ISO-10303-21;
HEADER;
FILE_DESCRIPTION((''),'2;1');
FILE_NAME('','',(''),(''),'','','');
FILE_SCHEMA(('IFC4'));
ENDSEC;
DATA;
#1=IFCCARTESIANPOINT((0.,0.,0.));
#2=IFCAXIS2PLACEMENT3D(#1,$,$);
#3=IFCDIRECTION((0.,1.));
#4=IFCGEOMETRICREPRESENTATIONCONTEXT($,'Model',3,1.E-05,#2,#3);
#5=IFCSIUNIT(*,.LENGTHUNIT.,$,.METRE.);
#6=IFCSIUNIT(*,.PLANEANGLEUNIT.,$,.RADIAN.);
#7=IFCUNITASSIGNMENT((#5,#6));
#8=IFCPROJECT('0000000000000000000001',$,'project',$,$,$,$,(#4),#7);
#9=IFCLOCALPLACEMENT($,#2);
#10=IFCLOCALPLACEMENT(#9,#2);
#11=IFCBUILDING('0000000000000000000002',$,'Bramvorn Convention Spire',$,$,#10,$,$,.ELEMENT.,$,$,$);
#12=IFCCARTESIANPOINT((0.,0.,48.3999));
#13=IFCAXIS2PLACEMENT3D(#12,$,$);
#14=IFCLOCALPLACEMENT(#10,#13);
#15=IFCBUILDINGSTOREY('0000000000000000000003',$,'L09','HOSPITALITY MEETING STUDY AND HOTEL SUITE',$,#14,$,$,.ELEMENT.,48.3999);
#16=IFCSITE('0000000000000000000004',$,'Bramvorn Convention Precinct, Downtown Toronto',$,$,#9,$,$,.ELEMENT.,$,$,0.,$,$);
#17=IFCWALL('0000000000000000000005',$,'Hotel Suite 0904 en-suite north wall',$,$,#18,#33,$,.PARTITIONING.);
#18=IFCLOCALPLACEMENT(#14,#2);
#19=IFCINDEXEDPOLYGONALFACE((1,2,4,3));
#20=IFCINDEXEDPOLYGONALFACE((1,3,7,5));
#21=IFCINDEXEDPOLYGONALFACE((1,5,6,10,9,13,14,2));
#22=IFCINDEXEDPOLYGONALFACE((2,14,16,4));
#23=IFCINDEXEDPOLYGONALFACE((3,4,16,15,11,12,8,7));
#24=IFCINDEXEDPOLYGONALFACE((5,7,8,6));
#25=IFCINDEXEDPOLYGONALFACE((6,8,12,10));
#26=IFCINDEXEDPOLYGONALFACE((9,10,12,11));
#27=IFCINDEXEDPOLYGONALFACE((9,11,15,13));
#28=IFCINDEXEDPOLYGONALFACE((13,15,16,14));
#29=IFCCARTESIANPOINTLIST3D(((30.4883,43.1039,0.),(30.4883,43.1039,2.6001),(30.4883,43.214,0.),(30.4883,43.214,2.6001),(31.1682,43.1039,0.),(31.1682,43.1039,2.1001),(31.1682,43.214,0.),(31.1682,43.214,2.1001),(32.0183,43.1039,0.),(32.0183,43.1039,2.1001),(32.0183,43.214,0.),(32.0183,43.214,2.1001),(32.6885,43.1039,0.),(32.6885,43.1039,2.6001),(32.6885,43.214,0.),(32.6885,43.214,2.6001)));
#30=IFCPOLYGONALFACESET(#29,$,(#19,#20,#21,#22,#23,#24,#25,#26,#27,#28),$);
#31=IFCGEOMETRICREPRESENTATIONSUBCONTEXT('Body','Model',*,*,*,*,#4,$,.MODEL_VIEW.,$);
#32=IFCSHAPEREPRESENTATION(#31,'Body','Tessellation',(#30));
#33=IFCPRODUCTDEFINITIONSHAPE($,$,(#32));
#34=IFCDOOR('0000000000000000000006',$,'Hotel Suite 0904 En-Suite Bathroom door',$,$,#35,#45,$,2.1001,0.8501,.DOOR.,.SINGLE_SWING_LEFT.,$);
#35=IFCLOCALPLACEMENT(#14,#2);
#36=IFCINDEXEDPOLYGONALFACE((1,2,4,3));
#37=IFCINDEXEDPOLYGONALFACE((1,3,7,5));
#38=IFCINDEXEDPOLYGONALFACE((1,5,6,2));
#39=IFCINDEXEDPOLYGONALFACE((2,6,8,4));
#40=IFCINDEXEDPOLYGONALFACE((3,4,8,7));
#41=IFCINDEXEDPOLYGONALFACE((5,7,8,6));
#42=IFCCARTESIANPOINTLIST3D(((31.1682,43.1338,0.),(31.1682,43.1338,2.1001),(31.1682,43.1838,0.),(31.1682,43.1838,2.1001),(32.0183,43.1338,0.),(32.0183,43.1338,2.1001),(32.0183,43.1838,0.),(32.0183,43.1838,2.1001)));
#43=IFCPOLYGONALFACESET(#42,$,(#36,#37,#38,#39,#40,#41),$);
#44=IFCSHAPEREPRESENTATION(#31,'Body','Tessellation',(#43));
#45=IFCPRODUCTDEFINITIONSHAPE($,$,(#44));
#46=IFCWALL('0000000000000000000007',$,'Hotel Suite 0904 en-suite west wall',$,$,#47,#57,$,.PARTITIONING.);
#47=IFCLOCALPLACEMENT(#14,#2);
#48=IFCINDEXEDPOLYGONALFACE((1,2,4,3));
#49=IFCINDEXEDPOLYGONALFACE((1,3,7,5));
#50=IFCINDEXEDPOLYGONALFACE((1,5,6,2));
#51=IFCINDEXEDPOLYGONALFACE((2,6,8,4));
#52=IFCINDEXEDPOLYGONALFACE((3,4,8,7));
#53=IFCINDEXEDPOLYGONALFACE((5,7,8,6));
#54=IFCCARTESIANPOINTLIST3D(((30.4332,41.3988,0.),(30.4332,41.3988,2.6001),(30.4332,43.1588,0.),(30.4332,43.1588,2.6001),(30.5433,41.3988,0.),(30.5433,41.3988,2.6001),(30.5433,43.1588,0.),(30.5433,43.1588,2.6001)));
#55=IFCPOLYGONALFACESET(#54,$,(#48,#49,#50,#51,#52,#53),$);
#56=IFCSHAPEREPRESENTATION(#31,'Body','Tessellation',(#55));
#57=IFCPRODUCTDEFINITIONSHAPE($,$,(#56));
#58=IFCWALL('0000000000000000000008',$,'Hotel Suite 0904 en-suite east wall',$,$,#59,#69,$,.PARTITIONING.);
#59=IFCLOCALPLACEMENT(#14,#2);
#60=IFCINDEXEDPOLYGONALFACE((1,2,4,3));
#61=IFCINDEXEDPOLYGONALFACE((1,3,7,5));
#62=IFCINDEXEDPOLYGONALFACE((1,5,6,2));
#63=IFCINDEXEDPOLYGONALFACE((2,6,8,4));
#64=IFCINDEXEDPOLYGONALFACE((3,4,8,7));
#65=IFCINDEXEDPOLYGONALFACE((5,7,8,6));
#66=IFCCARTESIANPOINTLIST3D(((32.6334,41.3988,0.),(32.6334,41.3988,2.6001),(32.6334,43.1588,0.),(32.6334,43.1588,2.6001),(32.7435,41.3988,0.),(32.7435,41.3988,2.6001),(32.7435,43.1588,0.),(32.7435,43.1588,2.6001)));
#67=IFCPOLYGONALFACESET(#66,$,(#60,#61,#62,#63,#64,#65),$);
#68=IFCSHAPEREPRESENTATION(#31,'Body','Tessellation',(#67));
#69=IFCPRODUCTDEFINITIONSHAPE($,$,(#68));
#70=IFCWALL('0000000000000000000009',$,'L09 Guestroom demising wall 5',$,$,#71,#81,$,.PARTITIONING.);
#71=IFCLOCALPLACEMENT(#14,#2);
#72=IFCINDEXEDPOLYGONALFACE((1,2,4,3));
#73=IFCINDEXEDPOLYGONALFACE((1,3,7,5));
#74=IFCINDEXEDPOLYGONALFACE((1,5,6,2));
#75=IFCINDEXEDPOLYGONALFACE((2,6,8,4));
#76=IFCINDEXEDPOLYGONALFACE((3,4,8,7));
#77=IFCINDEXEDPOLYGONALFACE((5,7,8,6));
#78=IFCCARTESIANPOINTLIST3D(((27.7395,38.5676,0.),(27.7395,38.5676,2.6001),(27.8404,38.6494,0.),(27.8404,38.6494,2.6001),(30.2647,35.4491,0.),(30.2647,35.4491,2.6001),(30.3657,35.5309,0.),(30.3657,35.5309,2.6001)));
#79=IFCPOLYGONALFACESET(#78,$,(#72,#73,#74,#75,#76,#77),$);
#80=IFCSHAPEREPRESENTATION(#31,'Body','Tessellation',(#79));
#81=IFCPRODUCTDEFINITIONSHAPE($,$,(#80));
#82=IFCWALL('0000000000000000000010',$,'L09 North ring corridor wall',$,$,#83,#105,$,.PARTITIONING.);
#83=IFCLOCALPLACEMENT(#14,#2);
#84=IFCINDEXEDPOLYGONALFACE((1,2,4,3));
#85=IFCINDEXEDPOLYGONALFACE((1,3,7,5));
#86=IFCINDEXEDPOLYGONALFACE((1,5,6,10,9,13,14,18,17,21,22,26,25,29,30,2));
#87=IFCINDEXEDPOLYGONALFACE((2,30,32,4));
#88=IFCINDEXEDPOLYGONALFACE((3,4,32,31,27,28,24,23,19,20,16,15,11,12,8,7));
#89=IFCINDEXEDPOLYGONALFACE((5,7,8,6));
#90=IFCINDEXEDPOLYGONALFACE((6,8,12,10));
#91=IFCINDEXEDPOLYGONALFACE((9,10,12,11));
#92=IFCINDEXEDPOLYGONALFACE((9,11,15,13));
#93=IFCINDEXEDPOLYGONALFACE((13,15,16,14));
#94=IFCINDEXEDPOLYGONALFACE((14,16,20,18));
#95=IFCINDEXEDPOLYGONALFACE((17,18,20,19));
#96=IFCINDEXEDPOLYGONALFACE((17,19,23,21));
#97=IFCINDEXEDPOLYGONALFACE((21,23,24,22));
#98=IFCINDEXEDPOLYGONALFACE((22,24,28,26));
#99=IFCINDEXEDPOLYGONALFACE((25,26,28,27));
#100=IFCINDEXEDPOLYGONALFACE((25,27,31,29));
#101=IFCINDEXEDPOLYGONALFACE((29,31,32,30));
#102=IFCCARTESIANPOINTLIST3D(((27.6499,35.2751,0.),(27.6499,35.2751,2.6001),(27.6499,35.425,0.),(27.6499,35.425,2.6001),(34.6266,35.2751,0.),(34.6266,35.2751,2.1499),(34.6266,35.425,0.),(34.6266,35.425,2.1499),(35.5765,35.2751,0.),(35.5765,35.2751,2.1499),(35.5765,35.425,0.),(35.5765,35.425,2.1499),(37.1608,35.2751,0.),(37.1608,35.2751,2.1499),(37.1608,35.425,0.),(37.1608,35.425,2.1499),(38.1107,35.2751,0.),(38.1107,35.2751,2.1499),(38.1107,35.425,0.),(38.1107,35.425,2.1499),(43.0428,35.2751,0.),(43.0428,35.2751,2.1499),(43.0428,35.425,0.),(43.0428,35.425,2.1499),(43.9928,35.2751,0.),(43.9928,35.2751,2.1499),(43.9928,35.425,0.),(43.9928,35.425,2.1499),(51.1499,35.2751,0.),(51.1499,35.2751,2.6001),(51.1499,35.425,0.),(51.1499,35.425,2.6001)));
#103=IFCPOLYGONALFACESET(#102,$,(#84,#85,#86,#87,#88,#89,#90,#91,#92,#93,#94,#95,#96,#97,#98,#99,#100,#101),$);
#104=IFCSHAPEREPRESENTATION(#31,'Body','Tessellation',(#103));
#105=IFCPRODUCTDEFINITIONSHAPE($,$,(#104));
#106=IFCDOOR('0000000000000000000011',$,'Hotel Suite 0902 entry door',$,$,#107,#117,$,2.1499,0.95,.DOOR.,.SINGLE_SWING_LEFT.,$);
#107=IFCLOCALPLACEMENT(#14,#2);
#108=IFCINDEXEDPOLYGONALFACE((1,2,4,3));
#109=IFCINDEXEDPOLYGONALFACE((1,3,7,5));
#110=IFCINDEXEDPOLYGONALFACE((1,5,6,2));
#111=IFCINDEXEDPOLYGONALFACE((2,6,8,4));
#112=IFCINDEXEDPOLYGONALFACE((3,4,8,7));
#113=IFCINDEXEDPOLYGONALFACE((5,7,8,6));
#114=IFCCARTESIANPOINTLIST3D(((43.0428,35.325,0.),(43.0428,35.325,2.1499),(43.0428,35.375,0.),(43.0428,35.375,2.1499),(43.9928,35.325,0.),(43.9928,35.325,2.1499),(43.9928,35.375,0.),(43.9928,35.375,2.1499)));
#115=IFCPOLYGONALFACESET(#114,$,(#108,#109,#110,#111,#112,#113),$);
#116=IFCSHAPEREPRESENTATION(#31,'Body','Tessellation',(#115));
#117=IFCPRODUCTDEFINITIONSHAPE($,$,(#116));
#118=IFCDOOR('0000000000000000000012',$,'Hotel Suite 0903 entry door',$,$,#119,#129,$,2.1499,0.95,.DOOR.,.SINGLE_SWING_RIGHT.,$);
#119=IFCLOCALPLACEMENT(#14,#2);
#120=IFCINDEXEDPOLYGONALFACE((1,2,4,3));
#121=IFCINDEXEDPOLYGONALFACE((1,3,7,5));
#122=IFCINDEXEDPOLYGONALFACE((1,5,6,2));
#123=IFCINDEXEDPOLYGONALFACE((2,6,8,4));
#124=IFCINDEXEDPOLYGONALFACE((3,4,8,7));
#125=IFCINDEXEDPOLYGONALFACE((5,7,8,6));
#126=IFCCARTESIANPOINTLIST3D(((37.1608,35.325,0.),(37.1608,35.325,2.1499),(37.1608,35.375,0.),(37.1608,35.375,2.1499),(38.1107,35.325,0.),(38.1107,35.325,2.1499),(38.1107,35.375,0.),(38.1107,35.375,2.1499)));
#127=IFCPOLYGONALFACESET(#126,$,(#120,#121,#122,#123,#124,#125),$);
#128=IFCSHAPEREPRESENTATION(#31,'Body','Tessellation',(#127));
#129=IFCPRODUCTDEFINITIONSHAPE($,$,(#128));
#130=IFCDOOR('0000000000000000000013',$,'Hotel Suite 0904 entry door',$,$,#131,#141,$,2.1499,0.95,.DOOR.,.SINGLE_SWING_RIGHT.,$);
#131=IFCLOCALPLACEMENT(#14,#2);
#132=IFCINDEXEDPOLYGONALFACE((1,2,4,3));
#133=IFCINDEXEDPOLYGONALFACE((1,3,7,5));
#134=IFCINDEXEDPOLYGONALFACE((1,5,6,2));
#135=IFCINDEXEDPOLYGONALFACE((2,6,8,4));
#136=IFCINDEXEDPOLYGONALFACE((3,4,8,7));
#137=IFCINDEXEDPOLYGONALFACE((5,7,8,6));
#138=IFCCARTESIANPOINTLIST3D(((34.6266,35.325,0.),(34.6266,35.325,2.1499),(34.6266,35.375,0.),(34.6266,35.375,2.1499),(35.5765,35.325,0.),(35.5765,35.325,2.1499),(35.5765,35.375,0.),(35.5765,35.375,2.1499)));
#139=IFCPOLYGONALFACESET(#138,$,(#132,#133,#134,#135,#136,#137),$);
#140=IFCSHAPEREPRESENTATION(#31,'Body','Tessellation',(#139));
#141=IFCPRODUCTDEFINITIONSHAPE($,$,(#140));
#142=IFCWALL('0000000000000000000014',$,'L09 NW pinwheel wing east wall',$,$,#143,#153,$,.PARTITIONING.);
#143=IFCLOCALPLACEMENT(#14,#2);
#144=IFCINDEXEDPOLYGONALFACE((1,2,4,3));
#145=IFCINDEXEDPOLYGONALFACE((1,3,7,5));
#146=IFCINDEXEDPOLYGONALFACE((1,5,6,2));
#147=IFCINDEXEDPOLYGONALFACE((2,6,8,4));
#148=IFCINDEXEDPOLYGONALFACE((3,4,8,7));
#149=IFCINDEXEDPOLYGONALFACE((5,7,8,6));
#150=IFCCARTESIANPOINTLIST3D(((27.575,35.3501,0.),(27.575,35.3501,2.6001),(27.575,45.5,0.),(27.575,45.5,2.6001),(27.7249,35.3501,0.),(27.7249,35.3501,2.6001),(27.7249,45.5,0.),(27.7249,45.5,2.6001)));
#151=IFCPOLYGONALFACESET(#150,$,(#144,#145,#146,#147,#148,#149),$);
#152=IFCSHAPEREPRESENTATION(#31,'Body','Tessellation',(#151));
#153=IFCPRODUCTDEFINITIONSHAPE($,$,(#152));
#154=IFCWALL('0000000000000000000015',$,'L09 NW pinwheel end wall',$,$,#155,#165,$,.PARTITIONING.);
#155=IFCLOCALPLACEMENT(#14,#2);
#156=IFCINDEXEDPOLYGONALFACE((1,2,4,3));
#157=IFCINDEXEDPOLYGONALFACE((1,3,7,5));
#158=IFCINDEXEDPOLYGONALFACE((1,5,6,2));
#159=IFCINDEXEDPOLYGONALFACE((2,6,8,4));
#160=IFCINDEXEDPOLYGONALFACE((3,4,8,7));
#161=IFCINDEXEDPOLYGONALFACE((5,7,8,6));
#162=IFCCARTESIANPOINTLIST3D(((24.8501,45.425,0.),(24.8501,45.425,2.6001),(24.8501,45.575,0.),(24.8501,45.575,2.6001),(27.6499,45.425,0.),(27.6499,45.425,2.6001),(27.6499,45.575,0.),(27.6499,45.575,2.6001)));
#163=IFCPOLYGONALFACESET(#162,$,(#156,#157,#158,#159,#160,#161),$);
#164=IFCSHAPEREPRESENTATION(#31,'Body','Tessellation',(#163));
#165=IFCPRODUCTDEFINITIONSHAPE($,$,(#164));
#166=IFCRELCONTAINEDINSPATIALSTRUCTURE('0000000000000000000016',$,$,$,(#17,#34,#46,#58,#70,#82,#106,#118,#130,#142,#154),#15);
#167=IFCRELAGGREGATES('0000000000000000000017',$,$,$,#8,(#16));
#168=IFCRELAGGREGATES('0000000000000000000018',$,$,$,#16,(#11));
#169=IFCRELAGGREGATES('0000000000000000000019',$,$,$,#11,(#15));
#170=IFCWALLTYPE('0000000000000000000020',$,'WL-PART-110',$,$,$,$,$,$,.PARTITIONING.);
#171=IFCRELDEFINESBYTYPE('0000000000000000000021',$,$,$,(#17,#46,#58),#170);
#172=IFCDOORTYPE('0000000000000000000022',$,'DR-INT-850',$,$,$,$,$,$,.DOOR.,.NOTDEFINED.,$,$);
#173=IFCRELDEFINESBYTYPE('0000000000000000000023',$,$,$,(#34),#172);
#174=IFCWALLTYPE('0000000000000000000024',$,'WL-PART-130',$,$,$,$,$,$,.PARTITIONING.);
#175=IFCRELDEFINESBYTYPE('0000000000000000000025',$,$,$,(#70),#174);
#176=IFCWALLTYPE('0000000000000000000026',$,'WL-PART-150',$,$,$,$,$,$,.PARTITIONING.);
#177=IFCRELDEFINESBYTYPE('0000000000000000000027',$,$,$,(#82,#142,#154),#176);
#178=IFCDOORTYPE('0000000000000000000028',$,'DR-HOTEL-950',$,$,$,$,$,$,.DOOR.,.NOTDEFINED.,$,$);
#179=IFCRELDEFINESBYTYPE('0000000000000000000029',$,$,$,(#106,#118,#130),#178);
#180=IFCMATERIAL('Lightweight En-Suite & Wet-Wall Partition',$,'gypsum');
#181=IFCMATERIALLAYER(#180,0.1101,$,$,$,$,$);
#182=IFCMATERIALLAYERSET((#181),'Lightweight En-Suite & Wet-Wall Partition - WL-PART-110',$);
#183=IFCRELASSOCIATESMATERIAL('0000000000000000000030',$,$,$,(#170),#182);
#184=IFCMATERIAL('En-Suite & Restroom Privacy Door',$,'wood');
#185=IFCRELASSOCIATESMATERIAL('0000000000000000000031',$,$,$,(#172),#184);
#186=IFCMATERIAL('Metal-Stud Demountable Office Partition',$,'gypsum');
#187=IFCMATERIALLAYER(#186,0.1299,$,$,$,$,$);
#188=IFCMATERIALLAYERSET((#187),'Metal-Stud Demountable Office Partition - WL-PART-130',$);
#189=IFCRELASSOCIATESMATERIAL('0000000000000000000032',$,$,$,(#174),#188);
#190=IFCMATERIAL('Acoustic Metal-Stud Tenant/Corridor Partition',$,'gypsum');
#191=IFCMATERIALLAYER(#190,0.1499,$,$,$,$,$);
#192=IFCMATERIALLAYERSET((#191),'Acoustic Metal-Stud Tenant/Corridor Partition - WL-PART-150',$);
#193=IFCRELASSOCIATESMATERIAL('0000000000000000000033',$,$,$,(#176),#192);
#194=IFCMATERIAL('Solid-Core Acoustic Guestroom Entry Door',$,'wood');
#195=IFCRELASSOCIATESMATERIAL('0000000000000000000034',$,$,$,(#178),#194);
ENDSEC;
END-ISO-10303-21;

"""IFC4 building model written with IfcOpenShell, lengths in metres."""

from ifc_helpers import new_model, si_unit, direction, frame, frame_2d, origin, place, context, subcontext, project, spatial, rectangle, extrude, material, layer, layer_set, type_object, element, fill, save


model = new_model("IFC4")

# Units and contexts
model_context = context("Model", 3, precision=1e-05, world=origin(), true_north=direction((0.0, 1.0)))
body_context = subcontext(model_context, "Body", "Model", "MODEL_VIEW")
ifc_project = project(units=[si_unit("LENGTHUNIT", "METRE"), si_unit("PLANEANGLEUNIT", "RADIAN")], contexts=[model_context])

# Site, building, storey
site_placement = place(None, origin())
site = spatial("IfcSite", under=ifc_project, at=site_placement, Name="Bramvorn Convention Precinct, Downtown Toronto", CompositionType="ELEMENT", RefElevation=0.0)
building_placement = place(site_placement, origin())
building = spatial("IfcBuilding", under=site, at=building_placement, Name="Bramvorn Convention Spire", CompositionType="ELEMENT")
storey_placement = place(building_placement, frame((0.0, 0.0, 48.3999)))
storey = spatial("IfcBuildingStorey", under=building, at=storey_placement, Name="L09", Description="HOSPITALITY MEETING STUDY AND HOTEL SUITE", CompositionType="ELEMENT", Elevation=48.3999)

# Shared definitions
ifc_material_1 = material(Name="Lightweight En-Suite & Wet-Wall Partition", Category="gypsum")
ifc_layer_1 = layer(ifc_material_1, 0.1101)
ifc_layer_set_1 = layer_set([ifc_layer_1], Name="Lightweight En-Suite & Wet-Wall Partition - WL-PART-110")
wall_type_1 = type_object("IfcWallType", Name="WL-PART-110", PredefinedType="PARTITIONING", material=ifc_layer_set_1)

# Wall, opening, door
wall_1_placement = place(storey_placement, frame((30.4883, 43.1589, 0.0), z_axis=(0.0, 0.0, 1.0), x_axis=(1.0, 0.0, 0.0)))
wall_1 = element("IfcWall", 1, at=wall_1_placement, inside=storey, type_object=wall_type_1, Name="Hotel Suite 0904 en-suite north wall", PredefinedType="PARTITIONING", context=body_context, shape_type="SweptSolid", body=[
    extrude(rectangle(XDim=2.2002, YDim=0.1101, at=frame_2d((1.1001, 0.0))), origin(), (0.0, 0.0, 1.0), 2.6001),
])
opening_1_placement = place(wall_1_placement, frame((0.6799, 0.0, 0.0)))
opening_1 = element("IfcOpeningElement", 2, at=opening_1_placement, cuts=wall_1, PredefinedType="OPENING", context=body_context, shape_type="SweptSolid", body=[
    extrude(rectangle(XDim=0.8501, YDim=2.1001, at=frame_2d((0.425, 1.05))), frame((0.0, 0.0649, 0.0), z_axis=(0.0, -1.0, 0.0), x_axis=(1.0, 0.0, 0.0)), (0.0, 0.0, 1.0), 0.1301),
])
ifc_material_2 = material(Name="En-Suite & Restroom Privacy Door", Category="wood")
door_type_1 = type_object("IfcDoorType", Name="DR-INT-850", OperationType="NOTDEFINED", PredefinedType="DOOR", material=ifc_material_2)
door_1_placement = place(opening_1_placement, origin())
door_1 = element("IfcDoor", 3, at=door_1_placement, inside=storey, type_object=door_type_1, Name="Hotel Suite 0904 En-Suite Bathroom door", OperationType="SINGLE_SWING_LEFT", OverallHeight=2.1001, OverallWidth=0.8501, PredefinedType="DOOR", context=body_context, shape_type="SweptSolid", body=[
    extrude(rectangle(XDim=0.8501, YDim=2.1001, at=frame_2d((0.425, 1.05))), frame((0.0, 0.0249, 0.0), z_axis=(0.0, -1.0, 0.0), x_axis=(1.0, 0.0, 0.0)), (0.0, 0.0, 1.0), 0.05),
])
fill(opening_1, door_1)

# Walls
for number, where, z_axis, x_axis, name in (
    (4, (30.4883, 41.3989, 0.0), (0.0, 0.0, 1.0), (0.0, 1.0, 0.0), "Hotel Suite 0904 en-suite west wall"),
    (5, (32.6885, 41.3989, 0.0), (0.0, 0.0, 1.0), (0.0, 1.0, 0.0), "Hotel Suite 0904 en-suite east wall"),
):
    element("IfcWall", number, at=place(storey_placement, frame(where, z_axis=z_axis, x_axis=x_axis)), inside=storey, type_object=wall_type_1, Name=name, PredefinedType="PARTITIONING", context=body_context, shape_type="SweptSolid", body=[
        extrude(rectangle(XDim=1.76, YDim=0.1101, at=frame_2d((0.8799, 0.0))), origin(), (0.0, 0.0, 1.0), 2.6001),
    ])
ifc_material_3 = material(Name="Metal-Stud Demountable Office Partition", Category="gypsum")
ifc_layer_2 = layer(ifc_material_3, 0.1299)
ifc_layer_set_2 = layer_set([ifc_layer_2], Name="Metal-Stud Demountable Office Partition - WL-PART-130")
wall_type_2 = type_object("IfcWallType", Name="WL-PART-130", PredefinedType="PARTITIONING", material=ifc_layer_set_2)
wall_2_placement = place(storey_placement, frame((30.3152, 35.49, 0.0), z_axis=(0.0, 0.0, 1.0), x_axis=(-0.629307, 0.777157, 0.0)))
element("IfcWall", 6, at=wall_2_placement, inside=storey, type_object=wall_type_2, Name="L09 Guestroom demising wall 5", PredefinedType="PARTITIONING", context=body_context, shape_type="SweptSolid", body=[
    extrude(rectangle(XDim=4.0127, YDim=0.1299, at=frame_2d((2.0063, 0.0))), origin(), (0.0, 0.0, 1.0), 2.6001),
])

# Wall, openings, doors
ifc_material_4 = material(Name="Acoustic Metal-Stud Tenant/Corridor Partition", Category="gypsum")
ifc_layer_3 = layer(ifc_material_4, 0.1499)
ifc_layer_set_3 = layer_set([ifc_layer_3], Name="Acoustic Metal-Stud Tenant/Corridor Partition - WL-PART-150")
wall_type_3 = type_object("IfcWallType", Name="WL-PART-150", PredefinedType="PARTITIONING", material=ifc_layer_set_3)
wall_3_placement = place(storey_placement, frame((27.6499, 35.3501, 0.0), z_axis=(0.0, 0.0, 1.0), x_axis=(1.0, 0.0, 0.0)))
wall_3 = element("IfcWall", 7, at=wall_3_placement, inside=storey, type_object=wall_type_3, Name="L09 North ring corridor wall", PredefinedType="PARTITIONING", context=body_context, shape_type="SweptSolid", body=[
    extrude(rectangle(XDim=23.5, YDim=0.1499, at=frame_2d((11.75, 0.0))), origin(), (0.0, 0.0, 1.0), 2.6001),
])
opening_2_placement = place(wall_3_placement, frame((15.3928, 0.0, 0.0)))
opening_2 = element("IfcOpeningElement", 8, at=opening_2_placement, cuts=wall_3, PredefinedType="OPENING", context=body_context, shape_type="SweptSolid", body=[
    extrude(rectangle(XDim=0.95, YDim=2.1499, at=frame_2d((0.4751, 1.075))), frame((0.0, 0.085, 0.0), z_axis=(0.0, -1.0, 0.0), x_axis=(1.0, 0.0, 0.0)), (0.0, 0.0, 1.0), 0.1699),
])
opening_3_placement = place(wall_3_placement, frame((9.5107, 0.0, 0.0)))
opening_3 = element("IfcOpeningElement", 9, at=opening_3_placement, cuts=wall_3, PredefinedType="OPENING", context=body_context, shape_type="SweptSolid", body=[
    extrude(rectangle(XDim=0.95, YDim=2.1499, at=frame_2d((0.4751, 1.075))), frame((0.0, 0.085, 0.0), z_axis=(0.0, -1.0, 0.0), x_axis=(1.0, 0.0, 0.0)), (0.0, 0.0, 1.0), 0.1699),
])
opening_4_placement = place(wall_3_placement, frame((6.9766, 0.0, 0.0)))
opening_4 = element("IfcOpeningElement", 10, at=opening_4_placement, cuts=wall_3, PredefinedType="OPENING", context=body_context, shape_type="SweptSolid", body=[
    extrude(rectangle(XDim=0.95, YDim=2.1499, at=frame_2d((0.4751, 1.075))), frame((0.0, 0.085, 0.0), z_axis=(0.0, -1.0, 0.0), x_axis=(1.0, 0.0, 0.0)), (0.0, 0.0, 1.0), 0.1699),
])
ifc_material_5 = material(Name="Solid-Core Acoustic Guestroom Entry Door", Category="wood")
door_type_2 = type_object("IfcDoorType", Name="DR-HOTEL-950", OperationType="NOTDEFINED", PredefinedType="DOOR", material=ifc_material_5)
door_2_placement = place(opening_2_placement, origin())
door_2 = element("IfcDoor", 11, at=door_2_placement, inside=storey, type_object=door_type_2, Name="Hotel Suite 0902 entry door", OperationType="SINGLE_SWING_LEFT", OverallHeight=2.1499, OverallWidth=0.95, PredefinedType="DOOR", context=body_context, shape_type="SweptSolid", body=[
    extrude(rectangle(XDim=0.95, YDim=2.1499, at=frame_2d((0.4751, 1.075))), frame((0.0, 0.0249, 0.0), z_axis=(0.0, -1.0, 0.0), x_axis=(1.0, 0.0, 0.0)), (0.0, 0.0, 1.0), 0.05),
])
fill(opening_2, door_2)
door_3_placement = place(opening_3_placement, origin())
door_3 = element("IfcDoor", 12, at=door_3_placement, inside=storey, type_object=door_type_2, Name="Hotel Suite 0903 entry door", OperationType="SINGLE_SWING_RIGHT", OverallHeight=2.1499, OverallWidth=0.95, PredefinedType="DOOR", context=body_context, shape_type="SweptSolid", body=[
    extrude(rectangle(XDim=0.95, YDim=2.1499, at=frame_2d((0.4751, 1.075))), frame((0.0, 0.0249, 0.0), z_axis=(0.0, -1.0, 0.0), x_axis=(1.0, 0.0, 0.0)), (0.0, 0.0, 1.0), 0.05),
])
fill(opening_3, door_3)
door_4_placement = place(opening_4_placement, origin())
door_4 = element("IfcDoor", 13, at=door_4_placement, inside=storey, type_object=door_type_2, Name="Hotel Suite 0904 entry door", OperationType="SINGLE_SWING_RIGHT", OverallHeight=2.1499, OverallWidth=0.95, PredefinedType="DOOR", context=body_context, shape_type="SweptSolid", body=[
    extrude(rectangle(XDim=0.95, YDim=2.1499, at=frame_2d((0.4751, 1.075))), frame((0.0, 0.0249, 0.0), z_axis=(0.0, -1.0, 0.0), x_axis=(1.0, 0.0, 0.0)), (0.0, 0.0, 1.0), 0.05),
])
fill(opening_4, door_4)

# Walls
wall_4_placement = place(storey_placement, frame((27.6499, 35.3501, 0.0), z_axis=(0.0, 0.0, 1.0), x_axis=(0.0, 1.0, 0.0)))
element("IfcWall", 14, at=wall_4_placement, inside=storey, type_object=wall_type_3, Name="L09 NW pinwheel wing east wall", PredefinedType="PARTITIONING", context=body_context, shape_type="SweptSolid", body=[
    extrude(rectangle(XDim=10.1499, YDim=0.1499, at=frame_2d((5.075, 0.0))), origin(), (0.0, 0.0, 1.0), 2.6001),
])
wall_5_placement = place(storey_placement, frame((24.8501, 45.5, 0.0), z_axis=(0.0, 0.0, 1.0), x_axis=(1.0, 0.0, 0.0)))
element("IfcWall", 15, at=wall_5_placement, inside=storey, type_object=wall_type_3, Name="L09 NW pinwheel end wall", PredefinedType="PARTITIONING", context=body_context, shape_type="SweptSolid", body=[
    extrude(rectangle(XDim=2.7998, YDim=0.1499, at=frame_2d((1.3999, 0.0))), origin(), (0.0, 0.0, 1.0), 2.6001),
])

save(model, "model.ifc")
